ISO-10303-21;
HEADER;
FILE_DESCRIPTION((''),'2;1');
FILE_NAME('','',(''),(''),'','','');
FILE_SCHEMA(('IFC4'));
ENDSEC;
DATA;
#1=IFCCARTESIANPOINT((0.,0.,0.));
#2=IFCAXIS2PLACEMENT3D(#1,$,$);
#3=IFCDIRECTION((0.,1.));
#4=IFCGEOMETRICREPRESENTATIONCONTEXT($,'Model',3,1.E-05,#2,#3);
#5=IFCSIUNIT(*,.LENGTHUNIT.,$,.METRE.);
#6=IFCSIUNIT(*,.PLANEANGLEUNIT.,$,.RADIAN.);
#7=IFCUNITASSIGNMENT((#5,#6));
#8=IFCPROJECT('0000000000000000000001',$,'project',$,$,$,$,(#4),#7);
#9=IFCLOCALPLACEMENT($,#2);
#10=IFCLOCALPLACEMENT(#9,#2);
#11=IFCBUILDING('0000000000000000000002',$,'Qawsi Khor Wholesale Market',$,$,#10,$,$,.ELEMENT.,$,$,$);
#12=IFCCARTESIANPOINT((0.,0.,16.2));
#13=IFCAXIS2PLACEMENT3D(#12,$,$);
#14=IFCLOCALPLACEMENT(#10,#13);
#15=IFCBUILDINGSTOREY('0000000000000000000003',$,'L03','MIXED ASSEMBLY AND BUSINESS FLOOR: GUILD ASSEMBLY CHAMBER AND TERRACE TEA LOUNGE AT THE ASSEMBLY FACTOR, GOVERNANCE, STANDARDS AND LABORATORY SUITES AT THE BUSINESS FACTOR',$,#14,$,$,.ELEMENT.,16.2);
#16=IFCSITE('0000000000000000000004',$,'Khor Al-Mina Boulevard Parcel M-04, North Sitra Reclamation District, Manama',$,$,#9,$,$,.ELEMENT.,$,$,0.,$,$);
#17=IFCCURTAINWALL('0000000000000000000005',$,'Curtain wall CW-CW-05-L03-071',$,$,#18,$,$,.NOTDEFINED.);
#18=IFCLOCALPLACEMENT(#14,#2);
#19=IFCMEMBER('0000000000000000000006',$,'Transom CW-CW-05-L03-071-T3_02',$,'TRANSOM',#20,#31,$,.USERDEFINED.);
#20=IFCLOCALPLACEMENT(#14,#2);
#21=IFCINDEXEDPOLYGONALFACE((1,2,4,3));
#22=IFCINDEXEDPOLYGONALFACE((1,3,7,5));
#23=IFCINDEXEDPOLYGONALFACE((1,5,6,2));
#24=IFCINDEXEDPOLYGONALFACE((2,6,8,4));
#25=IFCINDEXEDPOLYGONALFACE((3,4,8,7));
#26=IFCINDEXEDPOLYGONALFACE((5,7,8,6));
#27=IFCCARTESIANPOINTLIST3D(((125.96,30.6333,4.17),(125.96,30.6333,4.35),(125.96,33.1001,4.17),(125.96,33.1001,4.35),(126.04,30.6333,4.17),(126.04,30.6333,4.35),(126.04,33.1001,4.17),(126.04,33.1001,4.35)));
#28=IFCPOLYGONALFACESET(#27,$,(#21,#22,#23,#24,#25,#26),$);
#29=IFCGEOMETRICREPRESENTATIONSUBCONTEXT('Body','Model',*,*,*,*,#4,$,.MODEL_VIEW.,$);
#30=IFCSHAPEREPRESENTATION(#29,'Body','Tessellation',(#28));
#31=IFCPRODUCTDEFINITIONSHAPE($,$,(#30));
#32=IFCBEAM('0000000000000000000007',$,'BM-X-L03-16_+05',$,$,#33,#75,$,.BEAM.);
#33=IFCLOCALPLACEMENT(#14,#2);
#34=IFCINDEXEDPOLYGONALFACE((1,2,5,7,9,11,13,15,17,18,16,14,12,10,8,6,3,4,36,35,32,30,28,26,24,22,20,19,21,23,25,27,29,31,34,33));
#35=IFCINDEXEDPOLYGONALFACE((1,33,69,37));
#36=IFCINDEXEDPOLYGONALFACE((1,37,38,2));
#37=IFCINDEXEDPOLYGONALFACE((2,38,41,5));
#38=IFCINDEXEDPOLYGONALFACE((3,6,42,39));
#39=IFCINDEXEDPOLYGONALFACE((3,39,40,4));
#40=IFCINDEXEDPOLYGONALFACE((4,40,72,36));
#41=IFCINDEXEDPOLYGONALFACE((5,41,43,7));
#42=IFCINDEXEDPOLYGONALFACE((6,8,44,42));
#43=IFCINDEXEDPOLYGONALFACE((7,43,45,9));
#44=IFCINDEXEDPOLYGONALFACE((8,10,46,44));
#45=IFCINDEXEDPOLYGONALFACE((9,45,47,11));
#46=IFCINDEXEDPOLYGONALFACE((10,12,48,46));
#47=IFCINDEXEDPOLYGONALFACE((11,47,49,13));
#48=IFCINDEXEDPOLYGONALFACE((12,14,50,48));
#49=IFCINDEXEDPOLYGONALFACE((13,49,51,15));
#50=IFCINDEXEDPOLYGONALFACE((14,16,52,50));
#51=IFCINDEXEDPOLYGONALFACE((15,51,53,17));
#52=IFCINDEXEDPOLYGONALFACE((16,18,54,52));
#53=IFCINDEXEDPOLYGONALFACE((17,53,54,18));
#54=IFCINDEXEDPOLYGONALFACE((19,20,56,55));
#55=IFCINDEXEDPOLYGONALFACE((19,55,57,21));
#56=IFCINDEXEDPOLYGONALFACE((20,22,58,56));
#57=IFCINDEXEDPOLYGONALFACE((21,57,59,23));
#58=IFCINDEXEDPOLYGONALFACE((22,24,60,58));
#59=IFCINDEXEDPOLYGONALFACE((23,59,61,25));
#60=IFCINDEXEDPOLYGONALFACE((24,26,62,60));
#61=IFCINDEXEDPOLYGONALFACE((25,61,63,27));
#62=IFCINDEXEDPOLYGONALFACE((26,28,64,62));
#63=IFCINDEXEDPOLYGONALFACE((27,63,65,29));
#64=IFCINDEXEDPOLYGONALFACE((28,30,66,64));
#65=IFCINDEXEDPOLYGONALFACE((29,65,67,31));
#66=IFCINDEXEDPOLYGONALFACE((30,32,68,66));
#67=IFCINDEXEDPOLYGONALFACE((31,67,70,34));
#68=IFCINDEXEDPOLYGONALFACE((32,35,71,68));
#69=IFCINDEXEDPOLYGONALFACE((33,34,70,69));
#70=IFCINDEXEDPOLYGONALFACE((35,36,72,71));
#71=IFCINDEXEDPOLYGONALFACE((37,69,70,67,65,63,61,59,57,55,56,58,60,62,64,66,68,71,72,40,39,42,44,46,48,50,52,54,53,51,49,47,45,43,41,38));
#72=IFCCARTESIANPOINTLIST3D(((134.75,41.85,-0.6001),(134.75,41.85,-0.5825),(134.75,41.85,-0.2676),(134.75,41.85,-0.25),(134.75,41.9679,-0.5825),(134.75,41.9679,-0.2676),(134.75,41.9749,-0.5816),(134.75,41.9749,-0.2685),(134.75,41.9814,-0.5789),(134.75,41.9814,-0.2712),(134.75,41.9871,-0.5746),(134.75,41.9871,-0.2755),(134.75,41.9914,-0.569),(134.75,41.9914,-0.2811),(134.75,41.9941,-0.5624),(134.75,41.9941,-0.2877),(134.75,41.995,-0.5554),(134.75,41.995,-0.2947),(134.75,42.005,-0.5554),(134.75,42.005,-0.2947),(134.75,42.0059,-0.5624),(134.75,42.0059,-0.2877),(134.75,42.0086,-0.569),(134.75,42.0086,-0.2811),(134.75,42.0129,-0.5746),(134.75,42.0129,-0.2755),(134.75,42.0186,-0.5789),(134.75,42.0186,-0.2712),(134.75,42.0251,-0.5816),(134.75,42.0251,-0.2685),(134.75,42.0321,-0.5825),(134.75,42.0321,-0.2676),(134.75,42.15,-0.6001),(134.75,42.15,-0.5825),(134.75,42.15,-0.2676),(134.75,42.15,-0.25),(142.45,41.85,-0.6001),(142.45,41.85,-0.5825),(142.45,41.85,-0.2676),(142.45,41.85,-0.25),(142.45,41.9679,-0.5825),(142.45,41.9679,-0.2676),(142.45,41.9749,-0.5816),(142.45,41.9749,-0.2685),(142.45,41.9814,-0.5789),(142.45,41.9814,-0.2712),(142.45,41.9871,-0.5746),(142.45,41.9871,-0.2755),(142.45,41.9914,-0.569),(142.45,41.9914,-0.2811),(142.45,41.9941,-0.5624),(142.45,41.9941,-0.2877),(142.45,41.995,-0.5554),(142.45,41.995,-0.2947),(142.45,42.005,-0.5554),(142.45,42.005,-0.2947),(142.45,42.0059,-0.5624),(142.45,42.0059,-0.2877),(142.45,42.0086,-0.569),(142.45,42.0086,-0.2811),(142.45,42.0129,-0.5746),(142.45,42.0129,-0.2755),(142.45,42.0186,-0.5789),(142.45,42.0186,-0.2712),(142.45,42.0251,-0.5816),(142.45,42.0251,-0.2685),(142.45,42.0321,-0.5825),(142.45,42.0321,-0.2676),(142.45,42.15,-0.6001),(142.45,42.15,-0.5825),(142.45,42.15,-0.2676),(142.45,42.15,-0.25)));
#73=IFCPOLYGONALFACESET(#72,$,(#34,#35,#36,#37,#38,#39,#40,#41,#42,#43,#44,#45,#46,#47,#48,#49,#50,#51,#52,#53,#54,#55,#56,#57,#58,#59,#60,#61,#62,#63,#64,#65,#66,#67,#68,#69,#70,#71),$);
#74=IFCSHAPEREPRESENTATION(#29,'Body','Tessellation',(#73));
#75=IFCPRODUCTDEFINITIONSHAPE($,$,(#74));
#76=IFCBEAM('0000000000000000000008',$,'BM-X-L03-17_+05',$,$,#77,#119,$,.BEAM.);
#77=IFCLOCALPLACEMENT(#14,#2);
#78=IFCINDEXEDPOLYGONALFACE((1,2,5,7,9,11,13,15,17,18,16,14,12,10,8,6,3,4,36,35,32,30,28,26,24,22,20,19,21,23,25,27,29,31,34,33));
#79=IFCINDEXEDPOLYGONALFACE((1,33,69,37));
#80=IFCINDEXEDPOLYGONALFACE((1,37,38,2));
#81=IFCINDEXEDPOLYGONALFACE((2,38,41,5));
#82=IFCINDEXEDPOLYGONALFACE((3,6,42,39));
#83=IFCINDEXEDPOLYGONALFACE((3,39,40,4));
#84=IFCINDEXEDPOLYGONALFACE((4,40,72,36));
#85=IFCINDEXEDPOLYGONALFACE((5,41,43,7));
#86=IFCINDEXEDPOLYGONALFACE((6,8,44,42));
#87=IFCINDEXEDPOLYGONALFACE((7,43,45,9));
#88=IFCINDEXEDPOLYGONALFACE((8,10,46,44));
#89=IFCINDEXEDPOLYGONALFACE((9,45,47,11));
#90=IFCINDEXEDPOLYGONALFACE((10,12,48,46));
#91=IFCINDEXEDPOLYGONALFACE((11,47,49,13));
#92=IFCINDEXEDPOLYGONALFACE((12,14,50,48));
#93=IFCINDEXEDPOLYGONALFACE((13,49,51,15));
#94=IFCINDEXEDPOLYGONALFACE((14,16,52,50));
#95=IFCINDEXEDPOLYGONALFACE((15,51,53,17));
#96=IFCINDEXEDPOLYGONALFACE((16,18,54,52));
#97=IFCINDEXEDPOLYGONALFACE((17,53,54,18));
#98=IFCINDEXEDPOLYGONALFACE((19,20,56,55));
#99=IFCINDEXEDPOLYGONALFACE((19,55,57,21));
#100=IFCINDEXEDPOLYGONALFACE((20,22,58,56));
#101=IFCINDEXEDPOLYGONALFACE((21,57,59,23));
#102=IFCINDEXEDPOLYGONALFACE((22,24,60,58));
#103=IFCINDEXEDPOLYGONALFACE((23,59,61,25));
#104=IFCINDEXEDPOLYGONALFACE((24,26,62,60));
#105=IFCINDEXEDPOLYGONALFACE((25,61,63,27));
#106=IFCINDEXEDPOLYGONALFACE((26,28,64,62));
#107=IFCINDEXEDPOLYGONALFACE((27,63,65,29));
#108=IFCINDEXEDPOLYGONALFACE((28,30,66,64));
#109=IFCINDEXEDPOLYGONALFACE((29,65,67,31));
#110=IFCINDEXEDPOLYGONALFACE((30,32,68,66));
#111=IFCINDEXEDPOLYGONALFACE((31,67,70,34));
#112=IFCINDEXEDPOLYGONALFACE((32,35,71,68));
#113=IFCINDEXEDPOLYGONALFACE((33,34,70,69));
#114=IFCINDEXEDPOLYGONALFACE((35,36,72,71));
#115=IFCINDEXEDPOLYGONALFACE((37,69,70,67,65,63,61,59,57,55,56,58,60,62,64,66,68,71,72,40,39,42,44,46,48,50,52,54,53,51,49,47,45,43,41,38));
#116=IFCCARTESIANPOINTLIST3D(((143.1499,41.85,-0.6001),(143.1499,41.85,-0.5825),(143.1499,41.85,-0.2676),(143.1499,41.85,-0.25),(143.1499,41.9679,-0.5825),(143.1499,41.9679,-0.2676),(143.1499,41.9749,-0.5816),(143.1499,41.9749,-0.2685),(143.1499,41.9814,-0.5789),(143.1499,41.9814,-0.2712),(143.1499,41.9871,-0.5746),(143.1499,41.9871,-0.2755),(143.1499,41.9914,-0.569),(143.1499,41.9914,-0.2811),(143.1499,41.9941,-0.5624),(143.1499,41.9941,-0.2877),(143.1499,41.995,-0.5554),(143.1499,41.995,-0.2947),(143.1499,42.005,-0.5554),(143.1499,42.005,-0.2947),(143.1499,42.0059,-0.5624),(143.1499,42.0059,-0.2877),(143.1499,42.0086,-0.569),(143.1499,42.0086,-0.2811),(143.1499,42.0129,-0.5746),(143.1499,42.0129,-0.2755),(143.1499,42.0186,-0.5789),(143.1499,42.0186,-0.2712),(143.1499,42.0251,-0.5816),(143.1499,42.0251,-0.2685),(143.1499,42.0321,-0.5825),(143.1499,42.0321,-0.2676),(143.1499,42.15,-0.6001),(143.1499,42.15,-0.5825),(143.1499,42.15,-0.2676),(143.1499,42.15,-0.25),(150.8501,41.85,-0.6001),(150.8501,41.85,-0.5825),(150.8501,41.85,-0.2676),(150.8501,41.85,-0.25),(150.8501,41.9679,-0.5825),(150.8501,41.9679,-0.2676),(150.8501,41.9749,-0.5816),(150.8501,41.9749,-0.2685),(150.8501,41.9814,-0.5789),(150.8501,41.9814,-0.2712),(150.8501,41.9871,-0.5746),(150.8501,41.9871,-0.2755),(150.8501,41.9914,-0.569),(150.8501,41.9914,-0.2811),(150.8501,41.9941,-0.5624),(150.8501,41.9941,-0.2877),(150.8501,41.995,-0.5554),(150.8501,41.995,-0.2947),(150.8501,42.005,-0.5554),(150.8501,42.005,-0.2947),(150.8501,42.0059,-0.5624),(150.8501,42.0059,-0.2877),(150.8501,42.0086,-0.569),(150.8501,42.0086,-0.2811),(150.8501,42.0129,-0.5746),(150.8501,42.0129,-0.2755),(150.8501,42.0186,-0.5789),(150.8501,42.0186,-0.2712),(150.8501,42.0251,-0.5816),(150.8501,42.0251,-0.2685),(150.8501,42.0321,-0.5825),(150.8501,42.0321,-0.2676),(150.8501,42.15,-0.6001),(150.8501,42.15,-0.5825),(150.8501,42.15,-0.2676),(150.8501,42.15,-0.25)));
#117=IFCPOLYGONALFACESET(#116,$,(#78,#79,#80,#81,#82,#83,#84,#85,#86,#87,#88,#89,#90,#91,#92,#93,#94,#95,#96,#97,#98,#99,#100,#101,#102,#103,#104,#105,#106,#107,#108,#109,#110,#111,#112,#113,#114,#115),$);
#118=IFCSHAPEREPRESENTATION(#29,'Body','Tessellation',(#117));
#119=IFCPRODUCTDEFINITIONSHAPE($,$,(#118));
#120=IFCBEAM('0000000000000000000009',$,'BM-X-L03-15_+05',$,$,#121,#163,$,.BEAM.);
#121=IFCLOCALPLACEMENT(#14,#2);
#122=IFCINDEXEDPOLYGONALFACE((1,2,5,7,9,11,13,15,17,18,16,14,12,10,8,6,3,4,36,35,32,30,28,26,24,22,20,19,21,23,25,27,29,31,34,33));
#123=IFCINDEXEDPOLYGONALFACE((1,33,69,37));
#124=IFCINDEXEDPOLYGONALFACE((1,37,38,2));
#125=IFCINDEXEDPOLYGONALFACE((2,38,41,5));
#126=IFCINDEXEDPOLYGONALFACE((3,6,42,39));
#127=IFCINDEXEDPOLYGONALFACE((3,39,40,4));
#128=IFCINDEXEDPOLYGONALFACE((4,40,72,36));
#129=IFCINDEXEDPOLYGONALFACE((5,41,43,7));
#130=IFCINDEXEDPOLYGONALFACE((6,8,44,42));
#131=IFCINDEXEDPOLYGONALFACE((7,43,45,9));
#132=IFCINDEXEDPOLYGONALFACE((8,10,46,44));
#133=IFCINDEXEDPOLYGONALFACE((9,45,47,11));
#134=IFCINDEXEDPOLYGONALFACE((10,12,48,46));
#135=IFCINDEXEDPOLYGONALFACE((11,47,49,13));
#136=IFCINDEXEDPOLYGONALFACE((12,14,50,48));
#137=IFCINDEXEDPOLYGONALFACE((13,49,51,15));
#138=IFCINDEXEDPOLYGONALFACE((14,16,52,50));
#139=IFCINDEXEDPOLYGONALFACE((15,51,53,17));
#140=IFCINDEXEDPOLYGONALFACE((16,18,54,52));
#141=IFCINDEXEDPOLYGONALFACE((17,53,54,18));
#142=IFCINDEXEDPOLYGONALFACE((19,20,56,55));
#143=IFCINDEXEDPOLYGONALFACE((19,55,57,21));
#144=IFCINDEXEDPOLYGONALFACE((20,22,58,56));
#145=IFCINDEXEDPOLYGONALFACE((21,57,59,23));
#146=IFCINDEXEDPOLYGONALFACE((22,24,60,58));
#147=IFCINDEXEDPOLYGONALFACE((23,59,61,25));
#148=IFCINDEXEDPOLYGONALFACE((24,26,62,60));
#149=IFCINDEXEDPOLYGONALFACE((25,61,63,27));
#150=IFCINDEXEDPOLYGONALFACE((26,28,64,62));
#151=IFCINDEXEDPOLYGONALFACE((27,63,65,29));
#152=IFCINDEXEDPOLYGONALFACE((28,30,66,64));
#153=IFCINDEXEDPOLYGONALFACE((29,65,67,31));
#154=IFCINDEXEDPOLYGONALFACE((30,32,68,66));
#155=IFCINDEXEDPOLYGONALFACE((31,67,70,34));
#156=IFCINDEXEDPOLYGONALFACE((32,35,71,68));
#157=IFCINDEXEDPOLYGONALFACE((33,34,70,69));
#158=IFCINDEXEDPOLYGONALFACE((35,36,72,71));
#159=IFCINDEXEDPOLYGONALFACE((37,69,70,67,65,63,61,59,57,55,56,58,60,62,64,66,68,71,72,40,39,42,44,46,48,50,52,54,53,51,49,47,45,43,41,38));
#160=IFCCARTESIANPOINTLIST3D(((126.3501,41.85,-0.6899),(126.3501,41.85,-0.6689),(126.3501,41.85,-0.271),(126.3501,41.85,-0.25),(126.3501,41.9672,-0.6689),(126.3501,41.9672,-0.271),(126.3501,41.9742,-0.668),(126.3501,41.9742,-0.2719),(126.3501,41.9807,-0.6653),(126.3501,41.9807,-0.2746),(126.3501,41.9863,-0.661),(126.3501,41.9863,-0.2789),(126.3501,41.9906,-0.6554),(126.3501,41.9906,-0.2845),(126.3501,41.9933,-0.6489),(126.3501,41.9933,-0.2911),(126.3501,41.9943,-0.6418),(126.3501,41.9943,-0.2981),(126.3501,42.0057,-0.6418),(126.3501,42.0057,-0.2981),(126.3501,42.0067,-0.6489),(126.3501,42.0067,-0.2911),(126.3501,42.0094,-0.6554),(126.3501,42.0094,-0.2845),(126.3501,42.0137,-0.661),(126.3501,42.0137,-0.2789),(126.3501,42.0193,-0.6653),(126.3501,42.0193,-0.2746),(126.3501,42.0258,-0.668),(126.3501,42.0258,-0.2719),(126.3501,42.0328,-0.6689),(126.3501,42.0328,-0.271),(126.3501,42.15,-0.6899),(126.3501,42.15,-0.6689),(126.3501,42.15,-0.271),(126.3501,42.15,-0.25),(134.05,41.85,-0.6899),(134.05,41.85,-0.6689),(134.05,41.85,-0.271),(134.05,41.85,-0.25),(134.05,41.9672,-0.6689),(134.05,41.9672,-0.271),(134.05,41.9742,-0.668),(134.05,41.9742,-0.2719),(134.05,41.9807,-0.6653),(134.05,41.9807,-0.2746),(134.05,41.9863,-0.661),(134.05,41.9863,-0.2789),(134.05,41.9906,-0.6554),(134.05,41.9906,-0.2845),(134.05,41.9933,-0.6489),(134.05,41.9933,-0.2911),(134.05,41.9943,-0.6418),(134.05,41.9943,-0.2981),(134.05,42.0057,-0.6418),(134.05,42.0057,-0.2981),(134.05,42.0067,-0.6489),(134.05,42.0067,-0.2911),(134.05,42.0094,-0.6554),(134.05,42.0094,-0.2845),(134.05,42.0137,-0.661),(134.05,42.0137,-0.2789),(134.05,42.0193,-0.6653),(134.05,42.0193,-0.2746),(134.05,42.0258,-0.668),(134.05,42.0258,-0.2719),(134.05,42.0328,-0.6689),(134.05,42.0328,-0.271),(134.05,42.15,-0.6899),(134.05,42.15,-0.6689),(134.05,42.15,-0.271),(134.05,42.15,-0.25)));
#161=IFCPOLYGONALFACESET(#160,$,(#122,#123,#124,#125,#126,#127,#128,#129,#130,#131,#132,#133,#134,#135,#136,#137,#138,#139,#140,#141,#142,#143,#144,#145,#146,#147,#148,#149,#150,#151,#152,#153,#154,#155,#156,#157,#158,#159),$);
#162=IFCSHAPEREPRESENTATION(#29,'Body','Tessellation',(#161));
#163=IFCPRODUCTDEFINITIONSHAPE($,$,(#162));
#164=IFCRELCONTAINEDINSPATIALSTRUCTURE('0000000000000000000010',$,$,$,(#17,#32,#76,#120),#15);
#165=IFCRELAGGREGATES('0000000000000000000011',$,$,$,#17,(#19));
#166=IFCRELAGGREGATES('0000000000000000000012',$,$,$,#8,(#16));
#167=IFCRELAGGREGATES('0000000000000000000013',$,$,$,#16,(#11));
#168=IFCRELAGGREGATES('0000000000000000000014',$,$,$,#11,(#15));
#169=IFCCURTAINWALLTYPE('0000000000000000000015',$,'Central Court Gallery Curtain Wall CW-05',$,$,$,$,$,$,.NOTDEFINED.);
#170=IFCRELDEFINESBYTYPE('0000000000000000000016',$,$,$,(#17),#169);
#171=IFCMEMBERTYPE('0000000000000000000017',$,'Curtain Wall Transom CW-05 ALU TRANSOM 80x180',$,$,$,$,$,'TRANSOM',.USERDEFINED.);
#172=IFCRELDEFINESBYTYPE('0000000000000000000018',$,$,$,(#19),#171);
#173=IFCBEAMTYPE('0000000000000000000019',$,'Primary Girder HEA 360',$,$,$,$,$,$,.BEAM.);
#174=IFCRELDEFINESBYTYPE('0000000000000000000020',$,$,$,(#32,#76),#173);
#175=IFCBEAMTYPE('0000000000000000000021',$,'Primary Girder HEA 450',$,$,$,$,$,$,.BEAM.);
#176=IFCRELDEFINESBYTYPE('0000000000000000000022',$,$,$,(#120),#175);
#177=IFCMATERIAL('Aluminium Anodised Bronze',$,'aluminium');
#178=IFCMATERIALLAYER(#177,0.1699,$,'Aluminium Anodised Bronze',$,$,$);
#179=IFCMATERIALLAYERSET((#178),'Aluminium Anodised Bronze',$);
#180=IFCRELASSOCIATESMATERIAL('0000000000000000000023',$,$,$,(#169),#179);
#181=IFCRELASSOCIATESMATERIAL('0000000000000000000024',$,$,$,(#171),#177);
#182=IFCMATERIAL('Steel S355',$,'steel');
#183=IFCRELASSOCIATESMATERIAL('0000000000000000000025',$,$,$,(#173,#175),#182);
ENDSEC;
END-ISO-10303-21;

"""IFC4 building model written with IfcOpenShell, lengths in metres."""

from ifc_helpers import new_model, si_unit, direction, frame, origin, origin_2d, place, context, subcontext, project, spatial, rectangle, i_section, extrude, material, layer, layer_set, material_profile, profile_set, type_object, element, aggregate, save


model = new_model("IFC4")

# Units and contexts
model_context = context("Model", 3, precision=1e-05, world=origin(), true_north=direction((0.0, 1.0)))
body_context = subcontext(model_context, "Body", "Model", "MODEL_VIEW")
ifc_project = project(units=[si_unit("LENGTHUNIT", "METRE"), si_unit("PLANEANGLEUNIT", "RADIAN")], contexts=[model_context])

# Site, building, storey
site_placement = place(None, origin())
site = spatial("IfcSite", under=ifc_project, at=site_placement, Name="Khor Al-Mina Boulevard Parcel M-04, North Sitra Reclamation District, Manama", CompositionType="ELEMENT", RefElevation=0.0)
building_placement = place(site_placement, origin())
building = spatial("IfcBuilding", under=site, at=building_placement, Name="Qawsi Khor Wholesale Market", CompositionType="ELEMENT")
storey_placement = place(building_placement, frame((0.0, 0.0, 16.2)))
storey = spatial("IfcBuildingStorey", under=building, at=storey_placement, Name="L03", Description="MIXED ASSEMBLY AND BUSINESS FLOOR: GUILD ASSEMBLY CHAMBER AND TERRACE TEA LOUNGE AT THE ASSEMBLY FACTOR, GOVERNANCE, STANDARDS AND LABORATORY SUITES AT THE BUSINESS FACTOR", CompositionType="ELEMENT", Elevation=16.2)

# Curtain wall, member
ifc_material_1 = material(Name="Aluminium Anodised Bronze", Category="aluminium")
ifc_layer_1 = layer(ifc_material_1, 0.1699, Name="Aluminium Anodised Bronze")
ifc_layer_set_1 = layer_set([ifc_layer_1], Name="Aluminium Anodised Bronze")
curtain_wall_type = type_object("IfcCurtainWallType", Name="Central Court Gallery Curtain Wall CW-05", PredefinedType="NOTDEFINED", material=ifc_layer_set_1)
curtain_wall_placement = place(storey_placement, origin())
curtain_wall = element("IfcCurtainWall", 1, at=curtain_wall_placement, inside=storey, type_object=curtain_wall_type, Name="Curtain wall CW-CW-05-L03-071", PredefinedType="NOTDEFINED")
ifc_material_profile_1 = material_profile(ifc_material_1, rectangle(XDim=0.0801, YDim=0.1799, at=origin_2d()), Name="ALU TRANSOM 80x180")
ifc_profile_set_1 = profile_set([ifc_material_profile_1], Name="Aluminium Anodised Bronze")
member_type_1 = type_object("IfcMemberType", Name="Curtain Wall Transom CW-05 ALU TRANSOM 80x180", ElementType="TRANSOM", PredefinedType="USERDEFINED", material=ifc_profile_set_1)
member_1_placement = place(storey_placement, frame((126.0, 30.6333, 4.26), z_axis=(0.0, 1.0, 0.0), x_axis=(-1.0, 0.0, 0.0)))
member_1 = element("IfcMember", 2, at=member_1_placement, type_object=member_type_1, Name="Transom CW-CW-05-L03-071-T3_02", ObjectType="TRANSOM", PredefinedType="USERDEFINED", context=body_context, shape_type="SweptSolid", body=[
    extrude(rectangle(XDim=0.0801, YDim=0.1799, at=origin_2d()), origin(), (0.0, 0.0, 1.0), 2.4668),
])

# Beams
ifc_material_2 = material(Name="Steel S355", Category="steel")
ifc_material_profile_2 = material_profile(ifc_material_2, i_section(OverallWidth=0.3, OverallDepth=0.3501, WebThickness=0.01, FlangeThickness=0.0176, FilletRadius=0.0271, at=origin_2d()), Name="HEA 360")
ifc_profile_set_2 = profile_set([ifc_material_profile_2], Name="Steel S355")
beam_type_1 = type_object("IfcBeamType", Name="Primary Girder HEA 360", PredefinedType="BEAM", material=ifc_profile_set_2)
beam_1_placement = place(storey_placement, frame((134.75, 42.0, -0.425), z_axis=(1.0, 0.0, 0.0), x_axis=(0.0, 1.0, 0.0)))
element("IfcBeam", 3, at=beam_1_placement, inside=storey, type_object=beam_type_1, Name="BM-X-L03-16_+05", PredefinedType="BEAM", context=body_context, shape_type="SweptSolid", body=[
    extrude(i_section(OverallWidth=0.3, OverallDepth=0.3501, WebThickness=0.01, FlangeThickness=0.0176, FilletRadius=0.0271, at=origin_2d()), origin(), (0.0, 0.0, 1.0), 7.7),
])
beam_2_placement = place(storey_placement, frame((143.1499, 42.0, -0.425), z_axis=(1.0, 0.0, 0.0), x_axis=(0.0, 1.0, 0.0)))
element("IfcBeam", 4, at=beam_2_placement, inside=storey, type_object=beam_type_1, Name="BM-X-L03-17_+05", PredefinedType="BEAM", context=body_context, shape_type="SweptSolid", body=[
    extrude(i_section(OverallWidth=0.3, OverallDepth=0.3501, WebThickness=0.01, FlangeThickness=0.0176, FilletRadius=0.0271, at=origin_2d()), origin(), (0.0, 0.0, 1.0), 7.7002),
])
ifc_material_profile_3 = material_profile(ifc_material_2, i_section(OverallWidth=0.3, OverallDepth=0.4399, WebThickness=0.0115, FlangeThickness=0.021, FilletRadius=0.0271, at=origin_2d()), Name="HEA 450")
ifc_profile_set_3 = profile_set([ifc_material_profile_3], Name="Steel S355")
beam_type_2 = type_object("IfcBeamType", Name="Primary Girder HEA 450", PredefinedType="BEAM", material=ifc_profile_set_3)
beam_3_placement = place(storey_placement, frame((126.3501, 42.0, -0.47), z_axis=(1.0, 0.0, 0.0), x_axis=(0.0, 1.0, 0.0)))
element("IfcBeam", 5, at=beam_3_placement, inside=storey, type_object=beam_type_2, Name="BM-X-L03-15_+05", PredefinedType="BEAM", context=body_context, shape_type="SweptSolid", body=[
    extrude(i_section(OverallWidth=0.3, OverallDepth=0.4399, WebThickness=0.0115, FlangeThickness=0.021, FilletRadius=0.0271, at=origin_2d()), origin(), (0.0, 0.0, 1.0), 7.7),
])

aggregate(curtain_wall, [member_1])

save(model, "model.ifc")
